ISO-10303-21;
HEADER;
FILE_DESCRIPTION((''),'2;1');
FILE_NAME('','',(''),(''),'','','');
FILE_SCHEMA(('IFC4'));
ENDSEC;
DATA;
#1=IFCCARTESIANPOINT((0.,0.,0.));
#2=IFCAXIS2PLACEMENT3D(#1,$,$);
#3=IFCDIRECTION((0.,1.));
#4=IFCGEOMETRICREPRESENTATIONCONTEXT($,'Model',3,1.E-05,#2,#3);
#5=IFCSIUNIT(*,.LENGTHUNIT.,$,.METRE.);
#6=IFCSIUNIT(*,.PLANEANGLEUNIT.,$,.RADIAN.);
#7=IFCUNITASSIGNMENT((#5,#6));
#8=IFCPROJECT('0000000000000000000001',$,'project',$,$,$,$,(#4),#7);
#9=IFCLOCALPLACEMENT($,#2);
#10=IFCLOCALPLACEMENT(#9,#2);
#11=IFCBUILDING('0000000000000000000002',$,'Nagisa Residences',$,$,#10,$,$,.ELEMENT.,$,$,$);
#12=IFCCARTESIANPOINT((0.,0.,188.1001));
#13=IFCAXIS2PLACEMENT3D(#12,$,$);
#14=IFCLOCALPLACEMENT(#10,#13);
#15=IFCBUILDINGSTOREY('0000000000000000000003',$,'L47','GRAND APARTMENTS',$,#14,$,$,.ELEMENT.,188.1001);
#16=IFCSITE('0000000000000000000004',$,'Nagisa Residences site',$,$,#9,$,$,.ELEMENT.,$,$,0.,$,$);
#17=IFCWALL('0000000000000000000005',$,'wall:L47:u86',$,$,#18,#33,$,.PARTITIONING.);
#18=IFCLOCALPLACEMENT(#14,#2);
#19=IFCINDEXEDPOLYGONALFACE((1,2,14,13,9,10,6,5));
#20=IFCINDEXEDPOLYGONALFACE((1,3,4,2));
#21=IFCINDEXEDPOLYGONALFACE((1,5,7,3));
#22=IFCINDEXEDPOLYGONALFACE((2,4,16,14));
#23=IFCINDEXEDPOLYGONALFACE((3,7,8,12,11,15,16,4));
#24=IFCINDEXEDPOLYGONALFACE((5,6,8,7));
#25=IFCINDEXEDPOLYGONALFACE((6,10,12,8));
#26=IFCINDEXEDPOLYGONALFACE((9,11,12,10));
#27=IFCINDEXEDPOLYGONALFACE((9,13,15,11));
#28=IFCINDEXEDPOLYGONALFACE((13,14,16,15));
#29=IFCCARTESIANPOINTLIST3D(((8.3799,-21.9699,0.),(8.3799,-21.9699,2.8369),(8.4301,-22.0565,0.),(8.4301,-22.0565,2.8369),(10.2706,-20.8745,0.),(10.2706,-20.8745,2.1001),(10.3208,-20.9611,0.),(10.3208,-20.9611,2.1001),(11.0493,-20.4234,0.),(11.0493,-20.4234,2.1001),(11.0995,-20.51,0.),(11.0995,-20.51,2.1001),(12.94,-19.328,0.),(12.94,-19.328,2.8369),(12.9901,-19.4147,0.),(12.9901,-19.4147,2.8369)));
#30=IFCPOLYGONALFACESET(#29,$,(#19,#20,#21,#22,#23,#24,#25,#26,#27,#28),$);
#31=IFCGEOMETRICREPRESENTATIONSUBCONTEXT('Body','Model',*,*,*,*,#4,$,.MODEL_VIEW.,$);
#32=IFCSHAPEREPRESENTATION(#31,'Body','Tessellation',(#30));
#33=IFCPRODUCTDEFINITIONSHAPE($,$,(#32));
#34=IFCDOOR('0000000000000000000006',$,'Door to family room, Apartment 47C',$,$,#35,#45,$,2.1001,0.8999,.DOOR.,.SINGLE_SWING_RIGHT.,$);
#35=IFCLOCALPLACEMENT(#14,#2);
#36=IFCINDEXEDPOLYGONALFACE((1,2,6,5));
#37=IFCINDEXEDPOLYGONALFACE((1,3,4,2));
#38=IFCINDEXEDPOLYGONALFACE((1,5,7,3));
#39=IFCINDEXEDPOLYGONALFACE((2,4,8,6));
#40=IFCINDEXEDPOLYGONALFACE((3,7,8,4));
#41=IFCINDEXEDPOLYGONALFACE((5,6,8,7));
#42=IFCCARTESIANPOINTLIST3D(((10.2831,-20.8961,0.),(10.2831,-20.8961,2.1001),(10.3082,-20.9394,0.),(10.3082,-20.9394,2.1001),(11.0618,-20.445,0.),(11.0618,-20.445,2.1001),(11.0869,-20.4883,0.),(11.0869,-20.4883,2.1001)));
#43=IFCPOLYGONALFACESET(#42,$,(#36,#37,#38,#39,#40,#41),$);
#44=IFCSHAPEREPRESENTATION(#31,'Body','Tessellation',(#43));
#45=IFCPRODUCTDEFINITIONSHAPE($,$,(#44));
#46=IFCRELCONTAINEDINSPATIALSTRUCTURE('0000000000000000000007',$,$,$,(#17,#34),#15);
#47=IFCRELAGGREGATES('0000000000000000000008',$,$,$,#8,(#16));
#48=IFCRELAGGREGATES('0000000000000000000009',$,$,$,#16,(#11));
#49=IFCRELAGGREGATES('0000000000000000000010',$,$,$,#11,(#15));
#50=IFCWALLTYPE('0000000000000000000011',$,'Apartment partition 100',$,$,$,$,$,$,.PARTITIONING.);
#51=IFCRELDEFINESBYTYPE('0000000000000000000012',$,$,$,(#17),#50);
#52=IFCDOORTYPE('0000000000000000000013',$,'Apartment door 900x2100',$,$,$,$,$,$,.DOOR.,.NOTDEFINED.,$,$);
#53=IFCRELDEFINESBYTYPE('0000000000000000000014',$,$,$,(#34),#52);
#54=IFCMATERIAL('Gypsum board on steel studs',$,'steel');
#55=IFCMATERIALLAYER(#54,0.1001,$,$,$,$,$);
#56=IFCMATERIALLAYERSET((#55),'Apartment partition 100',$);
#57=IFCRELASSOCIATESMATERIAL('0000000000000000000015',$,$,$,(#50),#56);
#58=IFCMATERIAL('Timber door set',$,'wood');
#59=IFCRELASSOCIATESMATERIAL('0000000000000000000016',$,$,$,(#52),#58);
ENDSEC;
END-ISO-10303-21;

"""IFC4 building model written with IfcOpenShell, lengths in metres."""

from ifc_helpers import new_model, si_unit, direction, frame, frame_2d, origin, place, context, subcontext, project, spatial, rectangle, extrude, material, layer, layer_set, type_object, element, fill, save


model = new_model("IFC4")

# Units and contexts
model_context = context("Model", 3, precision=1e-05, world=origin(), true_north=direction((0.0, 1.0)))
body_context = subcontext(model_context, "Body", "Model", "MODEL_VIEW")
ifc_project = project(units=[si_unit("LENGTHUNIT", "METRE"), si_unit("PLANEANGLEUNIT", "RADIAN")], contexts=[model_context])

# Site, building, storey
site_placement = place(None, origin())
site = spatial("IfcSite", under=ifc_project, at=site_placement, Name="Nagisa Residences site", CompositionType="ELEMENT", RefElevation=0.0)
building_placement = place(site_placement, origin())
building = spatial("IfcBuilding", under=site, at=building_placement, Name="Nagisa Residences", CompositionType="ELEMENT")
storey_placement = place(building_placement, frame((0.0, 0.0, 188.1001)))
storey = spatial("IfcBuildingStorey", under=building, at=storey_placement, Name="L47", Description="GRAND APARTMENTS", CompositionType="ELEMENT", Elevation=188.1001)

# Shared definitions
ifc_material_1 = material(Name="Gypsum board on steel studs", Category="steel")
ifc_layer_1 = layer(ifc_material_1, 0.1001)
ifc_layer_set_1 = layer_set([ifc_layer_1], Name="Apartment partition 100")
wall_type_1 = type_object("IfcWallType", Name="Apartment partition 100", PredefinedType="PARTITIONING", material=ifc_layer_set_1)
ifc_material_2 = material(Name="Timber door set", Category="wood")
door_type_1 = type_object("IfcDoorType", Name="Apartment door 900x2100", OperationType="NOTDEFINED", PredefinedType="DOOR", material=ifc_material_2)

# Wall, opening, door
wall_1_placement = place(storey_placement, frame((8.405, -22.0132, 0.0), z_axis=(0.0, 0.0, 1.0), x_axis=(0.865277, 0.501294, 0.0)))
wall_1 = element("IfcWall", 1, at=wall_1_placement, inside=storey, type_object=wall_type_1, Name="wall:L47:u86", PredefinedType="PARTITIONING", context=body_context, shape_type="SweptSolid", body=[
    extrude(rectangle(XDim=5.27, YDim=0.1001, at=frame_2d((2.635, 0.0))), origin(), (0.0, 0.0, 1.0), 2.8369),
])
opening_1_placement = place(wall_1_placement, frame((2.1851, 0.0, 0.0)))
opening_1 = element("IfcOpeningElement", 2, at=opening_1_placement, cuts=wall_1, PredefinedType="OPENING", context=body_context, shape_type="SweptSolid", body=[
    extrude(rectangle(XDim=0.8999, YDim=2.1001, at=frame_2d((0.45, 1.05))), frame((0.0, 0.0601, 0.0), z_axis=(0.0, -1.0, 0.0), x_axis=(1.0, 0.0, 0.0)), (0.0, 0.0, 1.0), 0.1201),
])
door_1_placement = place(opening_1_placement, frame((0.8999, 0.0, 0.0), x_axis=(-1.0, 0.0, 0.0)))
door_1 = element("IfcDoor", 3, at=door_1_placement, inside=storey, type_object=door_type_1, Name="Door to family room, Apartment 47C", OperationType="SINGLE_SWING_RIGHT", OverallHeight=2.1001, OverallWidth=0.8999, PredefinedType="DOOR", context=body_context, shape_type="SweptSolid", body=[
    extrude(rectangle(XDim=0.8999, YDim=2.1001, at=frame_2d((0.45, 1.05))), frame((0.0, 0.0249, 0.0), z_axis=(0.0, -1.0, 0.0), x_axis=(1.0, 0.0, 0.0)), (0.0, 0.0, 1.0), 0.05),
])
fill(opening_1, door_1)

save(model, "model.ifc")
